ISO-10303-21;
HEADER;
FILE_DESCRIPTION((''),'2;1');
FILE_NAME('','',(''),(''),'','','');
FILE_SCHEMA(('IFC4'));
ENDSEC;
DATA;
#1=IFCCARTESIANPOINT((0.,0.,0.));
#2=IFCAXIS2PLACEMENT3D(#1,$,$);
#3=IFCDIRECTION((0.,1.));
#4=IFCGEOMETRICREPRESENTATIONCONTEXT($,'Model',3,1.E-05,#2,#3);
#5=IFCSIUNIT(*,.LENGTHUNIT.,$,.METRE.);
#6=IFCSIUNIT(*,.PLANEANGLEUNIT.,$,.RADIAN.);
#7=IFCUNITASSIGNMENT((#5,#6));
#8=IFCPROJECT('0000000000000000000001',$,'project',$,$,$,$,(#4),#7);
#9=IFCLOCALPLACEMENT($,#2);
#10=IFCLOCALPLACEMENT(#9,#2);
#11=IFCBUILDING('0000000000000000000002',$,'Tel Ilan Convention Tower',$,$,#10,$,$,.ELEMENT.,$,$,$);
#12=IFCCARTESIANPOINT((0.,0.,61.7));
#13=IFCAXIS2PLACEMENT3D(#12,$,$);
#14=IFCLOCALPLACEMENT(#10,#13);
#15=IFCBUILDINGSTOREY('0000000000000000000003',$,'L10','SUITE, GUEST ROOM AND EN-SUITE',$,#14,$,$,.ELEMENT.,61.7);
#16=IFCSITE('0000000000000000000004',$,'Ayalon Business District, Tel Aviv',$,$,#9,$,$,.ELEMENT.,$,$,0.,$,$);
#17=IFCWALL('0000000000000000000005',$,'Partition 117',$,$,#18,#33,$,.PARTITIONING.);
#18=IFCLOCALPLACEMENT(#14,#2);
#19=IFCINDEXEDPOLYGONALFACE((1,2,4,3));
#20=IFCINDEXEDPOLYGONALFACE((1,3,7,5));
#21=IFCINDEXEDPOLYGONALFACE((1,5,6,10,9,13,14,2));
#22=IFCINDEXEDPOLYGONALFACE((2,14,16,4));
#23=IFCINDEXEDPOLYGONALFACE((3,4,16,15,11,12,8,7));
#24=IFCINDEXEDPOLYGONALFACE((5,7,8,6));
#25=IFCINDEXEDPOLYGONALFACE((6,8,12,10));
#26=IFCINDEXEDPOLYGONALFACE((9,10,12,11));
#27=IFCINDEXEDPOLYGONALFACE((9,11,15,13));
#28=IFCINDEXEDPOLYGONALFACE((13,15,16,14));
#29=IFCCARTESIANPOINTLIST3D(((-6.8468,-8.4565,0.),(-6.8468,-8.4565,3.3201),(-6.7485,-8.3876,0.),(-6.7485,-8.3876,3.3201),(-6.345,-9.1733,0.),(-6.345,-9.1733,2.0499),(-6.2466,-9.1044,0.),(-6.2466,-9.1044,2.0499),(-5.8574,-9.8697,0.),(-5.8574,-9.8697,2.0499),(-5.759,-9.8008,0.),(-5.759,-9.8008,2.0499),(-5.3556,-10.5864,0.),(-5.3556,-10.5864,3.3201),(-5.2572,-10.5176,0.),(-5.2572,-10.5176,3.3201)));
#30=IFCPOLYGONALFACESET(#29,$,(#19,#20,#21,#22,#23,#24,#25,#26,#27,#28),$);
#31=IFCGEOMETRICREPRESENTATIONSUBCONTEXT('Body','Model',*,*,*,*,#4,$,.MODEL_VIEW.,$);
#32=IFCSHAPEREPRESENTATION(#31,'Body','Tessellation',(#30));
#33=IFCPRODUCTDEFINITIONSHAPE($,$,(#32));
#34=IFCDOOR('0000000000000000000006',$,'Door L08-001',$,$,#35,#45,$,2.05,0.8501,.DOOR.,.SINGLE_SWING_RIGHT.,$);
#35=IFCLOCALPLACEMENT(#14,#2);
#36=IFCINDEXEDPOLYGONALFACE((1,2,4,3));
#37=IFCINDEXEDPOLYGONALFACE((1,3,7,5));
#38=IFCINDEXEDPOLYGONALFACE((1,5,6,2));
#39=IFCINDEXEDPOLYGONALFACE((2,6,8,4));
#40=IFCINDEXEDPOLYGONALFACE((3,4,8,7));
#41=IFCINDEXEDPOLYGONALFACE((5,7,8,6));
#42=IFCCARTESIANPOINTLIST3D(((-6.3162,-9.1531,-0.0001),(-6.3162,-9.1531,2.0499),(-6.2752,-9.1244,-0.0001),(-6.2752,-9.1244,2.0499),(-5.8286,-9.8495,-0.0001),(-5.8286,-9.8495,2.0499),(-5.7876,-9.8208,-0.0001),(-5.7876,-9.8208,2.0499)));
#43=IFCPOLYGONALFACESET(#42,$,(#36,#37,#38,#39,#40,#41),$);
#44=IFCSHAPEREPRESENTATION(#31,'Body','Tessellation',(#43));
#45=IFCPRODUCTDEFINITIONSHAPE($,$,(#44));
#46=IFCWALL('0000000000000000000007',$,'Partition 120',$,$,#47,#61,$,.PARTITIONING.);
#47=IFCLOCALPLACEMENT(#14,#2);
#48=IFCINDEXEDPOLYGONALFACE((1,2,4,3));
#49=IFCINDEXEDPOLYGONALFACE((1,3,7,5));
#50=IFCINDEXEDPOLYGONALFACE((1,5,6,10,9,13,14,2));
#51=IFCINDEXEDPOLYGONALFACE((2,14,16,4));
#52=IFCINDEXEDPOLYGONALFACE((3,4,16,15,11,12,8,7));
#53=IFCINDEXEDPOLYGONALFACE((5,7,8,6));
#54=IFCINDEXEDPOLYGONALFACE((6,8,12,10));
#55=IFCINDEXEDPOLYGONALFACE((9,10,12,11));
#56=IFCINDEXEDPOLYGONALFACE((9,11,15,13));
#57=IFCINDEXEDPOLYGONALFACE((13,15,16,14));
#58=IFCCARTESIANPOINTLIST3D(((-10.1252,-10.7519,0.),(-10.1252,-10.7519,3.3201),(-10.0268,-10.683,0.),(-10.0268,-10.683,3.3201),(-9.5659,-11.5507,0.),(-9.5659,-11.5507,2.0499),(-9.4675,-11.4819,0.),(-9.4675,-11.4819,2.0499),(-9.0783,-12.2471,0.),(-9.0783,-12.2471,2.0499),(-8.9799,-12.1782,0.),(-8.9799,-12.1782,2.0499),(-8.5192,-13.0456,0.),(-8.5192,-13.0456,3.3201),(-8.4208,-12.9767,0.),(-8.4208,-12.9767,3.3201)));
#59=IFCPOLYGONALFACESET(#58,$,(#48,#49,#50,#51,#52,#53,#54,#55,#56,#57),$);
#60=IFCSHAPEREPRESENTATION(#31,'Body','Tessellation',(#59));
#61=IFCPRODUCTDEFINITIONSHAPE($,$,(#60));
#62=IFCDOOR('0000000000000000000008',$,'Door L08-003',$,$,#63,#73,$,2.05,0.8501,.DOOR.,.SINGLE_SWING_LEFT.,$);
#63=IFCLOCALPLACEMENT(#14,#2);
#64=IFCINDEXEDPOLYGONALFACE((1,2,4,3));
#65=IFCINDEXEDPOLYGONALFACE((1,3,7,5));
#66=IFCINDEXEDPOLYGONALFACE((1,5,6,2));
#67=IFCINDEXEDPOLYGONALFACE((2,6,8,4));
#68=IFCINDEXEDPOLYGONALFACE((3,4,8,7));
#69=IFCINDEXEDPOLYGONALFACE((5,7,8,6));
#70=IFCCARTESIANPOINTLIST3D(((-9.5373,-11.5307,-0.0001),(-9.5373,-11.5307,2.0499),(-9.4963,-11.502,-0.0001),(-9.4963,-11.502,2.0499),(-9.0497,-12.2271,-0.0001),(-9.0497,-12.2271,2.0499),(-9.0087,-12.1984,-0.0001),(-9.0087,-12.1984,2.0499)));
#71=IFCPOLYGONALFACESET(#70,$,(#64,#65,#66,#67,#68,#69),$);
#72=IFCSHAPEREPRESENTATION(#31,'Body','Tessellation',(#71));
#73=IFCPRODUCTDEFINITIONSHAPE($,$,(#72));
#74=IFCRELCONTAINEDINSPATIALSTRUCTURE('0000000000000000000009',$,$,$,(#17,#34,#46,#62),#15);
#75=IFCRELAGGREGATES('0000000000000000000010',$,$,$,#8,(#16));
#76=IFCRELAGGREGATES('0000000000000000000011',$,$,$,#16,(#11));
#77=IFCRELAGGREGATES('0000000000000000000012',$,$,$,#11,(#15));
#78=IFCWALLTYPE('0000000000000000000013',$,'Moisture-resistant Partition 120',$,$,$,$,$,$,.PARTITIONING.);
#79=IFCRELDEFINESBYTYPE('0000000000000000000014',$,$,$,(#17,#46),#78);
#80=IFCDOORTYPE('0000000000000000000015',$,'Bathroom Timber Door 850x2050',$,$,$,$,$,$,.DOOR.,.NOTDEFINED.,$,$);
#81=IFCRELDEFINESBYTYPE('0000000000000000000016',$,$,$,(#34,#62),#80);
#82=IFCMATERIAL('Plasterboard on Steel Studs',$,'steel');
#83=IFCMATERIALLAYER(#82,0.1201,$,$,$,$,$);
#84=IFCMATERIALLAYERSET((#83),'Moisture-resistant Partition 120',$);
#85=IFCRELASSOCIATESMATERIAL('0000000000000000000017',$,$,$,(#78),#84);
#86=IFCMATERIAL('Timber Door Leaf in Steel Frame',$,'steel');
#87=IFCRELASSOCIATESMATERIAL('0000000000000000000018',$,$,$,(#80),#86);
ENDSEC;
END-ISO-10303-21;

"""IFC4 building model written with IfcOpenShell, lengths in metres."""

from ifc_helpers import new_model, si_unit, direction, frame, frame_2d, origin, place, context, subcontext, project, spatial, rectangle, extrude, material, layer, layer_set, type_object, element, fill, save


model = new_model("IFC4")

# Units and contexts
model_context = context("Model", 3, precision=1e-05, world=origin(), true_north=direction((0.0, 1.0)))
body_context = subcontext(model_context, "Body", "Model", "MODEL_VIEW")
ifc_project = project(units=[si_unit("LENGTHUNIT", "METRE"), si_unit("PLANEANGLEUNIT", "RADIAN")], contexts=[model_context])

# Site, building, storey
site_placement = place(None, origin())
site = spatial("IfcSite", under=ifc_project, at=site_placement, Name="Ayalon Business District, Tel Aviv", CompositionType="ELEMENT", RefElevation=0.0)
building_placement = place(site_placement, origin())
building = spatial("IfcBuilding", under=site, at=building_placement, Name="Tel Ilan Convention Tower", CompositionType="ELEMENT")
storey_placement = place(building_placement, frame((0.0, 0.0, 61.7)))
storey = spatial("IfcBuildingStorey", under=building, at=storey_placement, Name="L10", Description="SUITE, GUEST ROOM AND EN-SUITE", CompositionType="ELEMENT", Elevation=61.7)

# Walls, openings, doors
ifc_material_1 = material(Name="Plasterboard on Steel Studs", Category="steel")
ifc_layer_1 = layer(ifc_material_1, 0.1201)
ifc_layer_set_1 = layer_set([ifc_layer_1], Name="Moisture-resistant Partition 120")
wall_type_1 = type_object("IfcWallType", Name="Moisture-resistant Partition 120", PredefinedType="PARTITIONING", material=ifc_layer_set_1)
wall_1_placement = place(storey_placement, frame((-5.3064, -10.552, 0.0), z_axis=(0.0, 0.0, 1.0), x_axis=(-0.573538, 0.819179, 0.0)))
wall_1 = element("IfcWall", 1, at=wall_1_placement, inside=storey, type_object=wall_type_1, Name="Partition 117", PredefinedType="PARTITIONING", context=body_context, shape_type="SweptSolid", body=[
    extrude(rectangle(XDim=2.6001, YDim=0.1201, at=frame_2d((1.3, 0.0))), origin(), (0.0, 0.0, 1.0), 3.3201),
])
opening_1_placement = place(wall_1_placement, frame((0.875, 0.0, 0.0)))
opening_1 = element("IfcOpeningElement", 2, at=opening_1_placement, cuts=wall_1, PredefinedType="OPENING", context=body_context, shape_type="SweptSolid", body=[
    extrude(rectangle(XDim=0.8501, YDim=2.05, at=frame_2d((0.425, 1.0249))), frame((0.0, 0.0701, 0.0), z_axis=(0.0, -1.0, 0.0), x_axis=(1.0, 0.0, 0.0)), (0.0, 0.0, 1.0), 0.1401),
])
ifc_material_2 = material(Name="Timber Door Leaf in Steel Frame", Category="steel")
door_type_1 = type_object("IfcDoorType", Name="Bathroom Timber Door 850x2050", OperationType="NOTDEFINED", PredefinedType="DOOR", material=ifc_material_2)
door_1_placement = place(opening_1_placement, origin())
door_1 = element("IfcDoor", 3, at=door_1_placement, inside=storey, type_object=door_type_1, Name="Door L08-001", OperationType="SINGLE_SWING_RIGHT", OverallHeight=2.05, OverallWidth=0.8501, PredefinedType="DOOR", context=body_context, shape_type="SweptSolid", body=[
    extrude(rectangle(XDim=0.8501, YDim=2.05, at=frame_2d((0.425, 1.0249))), frame((0.0, 0.0249, 0.0), z_axis=(0.0, -1.0, 0.0), x_axis=(1.0, 0.0, 0.0)), (0.0, 0.0, 1.0), 0.05),
])
fill(opening_1, door_1)
wall_2_placement = place(storey_placement, frame((-10.0759, -10.7175, 0.0), z_axis=(0.0, 0.0, 1.0), x_axis=(0.57355, -0.81917, 0.0)))
wall_2 = element("IfcWall", 4, at=wall_2_placement, inside=storey, type_object=wall_type_1, Name="Partition 120", PredefinedType="PARTITIONING", context=body_context, shape_type="SweptSolid", body=[
    extrude(rectangle(XDim=2.8, YDim=0.1201, at=frame_2d((1.3999, 0.0))), origin(), (0.0, 0.0, 1.0), 3.3201),
])
opening_2_placement = place(wall_2_placement, frame((0.9751, 0.0, 0.0)))
opening_2 = element("IfcOpeningElement", 5, at=opening_2_placement, cuts=wall_2, PredefinedType="OPENING", context=body_context, shape_type="SweptSolid", body=[
    extrude(rectangle(XDim=0.8501, YDim=2.05, at=frame_2d((0.425, 1.0249))), frame((0.0, 0.0701, 0.0), z_axis=(0.0, -1.0, 0.0), x_axis=(1.0, 0.0, 0.0)), (0.0, 0.0, 1.0), 0.1401),
])
door_2_placement = place(opening_2_placement, origin())
door_2 = element("IfcDoor", 6, at=door_2_placement, inside=storey, type_object=door_type_1, Name="Door L08-003", OperationType="SINGLE_SWING_LEFT", OverallHeight=2.05, OverallWidth=0.8501, PredefinedType="DOOR", context=body_context, shape_type="SweptSolid", body=[
    extrude(rectangle(XDim=0.8501, YDim=2.05, at=frame_2d((0.425, 1.0249))), frame((0.0, 0.0249, 0.0), z_axis=(0.0, -1.0, 0.0), x_axis=(1.0, 0.0, 0.0)), (0.0, 0.0, 1.0), 0.05),
])
fill(opening_2, door_2)

save(model, "model.ifc")
